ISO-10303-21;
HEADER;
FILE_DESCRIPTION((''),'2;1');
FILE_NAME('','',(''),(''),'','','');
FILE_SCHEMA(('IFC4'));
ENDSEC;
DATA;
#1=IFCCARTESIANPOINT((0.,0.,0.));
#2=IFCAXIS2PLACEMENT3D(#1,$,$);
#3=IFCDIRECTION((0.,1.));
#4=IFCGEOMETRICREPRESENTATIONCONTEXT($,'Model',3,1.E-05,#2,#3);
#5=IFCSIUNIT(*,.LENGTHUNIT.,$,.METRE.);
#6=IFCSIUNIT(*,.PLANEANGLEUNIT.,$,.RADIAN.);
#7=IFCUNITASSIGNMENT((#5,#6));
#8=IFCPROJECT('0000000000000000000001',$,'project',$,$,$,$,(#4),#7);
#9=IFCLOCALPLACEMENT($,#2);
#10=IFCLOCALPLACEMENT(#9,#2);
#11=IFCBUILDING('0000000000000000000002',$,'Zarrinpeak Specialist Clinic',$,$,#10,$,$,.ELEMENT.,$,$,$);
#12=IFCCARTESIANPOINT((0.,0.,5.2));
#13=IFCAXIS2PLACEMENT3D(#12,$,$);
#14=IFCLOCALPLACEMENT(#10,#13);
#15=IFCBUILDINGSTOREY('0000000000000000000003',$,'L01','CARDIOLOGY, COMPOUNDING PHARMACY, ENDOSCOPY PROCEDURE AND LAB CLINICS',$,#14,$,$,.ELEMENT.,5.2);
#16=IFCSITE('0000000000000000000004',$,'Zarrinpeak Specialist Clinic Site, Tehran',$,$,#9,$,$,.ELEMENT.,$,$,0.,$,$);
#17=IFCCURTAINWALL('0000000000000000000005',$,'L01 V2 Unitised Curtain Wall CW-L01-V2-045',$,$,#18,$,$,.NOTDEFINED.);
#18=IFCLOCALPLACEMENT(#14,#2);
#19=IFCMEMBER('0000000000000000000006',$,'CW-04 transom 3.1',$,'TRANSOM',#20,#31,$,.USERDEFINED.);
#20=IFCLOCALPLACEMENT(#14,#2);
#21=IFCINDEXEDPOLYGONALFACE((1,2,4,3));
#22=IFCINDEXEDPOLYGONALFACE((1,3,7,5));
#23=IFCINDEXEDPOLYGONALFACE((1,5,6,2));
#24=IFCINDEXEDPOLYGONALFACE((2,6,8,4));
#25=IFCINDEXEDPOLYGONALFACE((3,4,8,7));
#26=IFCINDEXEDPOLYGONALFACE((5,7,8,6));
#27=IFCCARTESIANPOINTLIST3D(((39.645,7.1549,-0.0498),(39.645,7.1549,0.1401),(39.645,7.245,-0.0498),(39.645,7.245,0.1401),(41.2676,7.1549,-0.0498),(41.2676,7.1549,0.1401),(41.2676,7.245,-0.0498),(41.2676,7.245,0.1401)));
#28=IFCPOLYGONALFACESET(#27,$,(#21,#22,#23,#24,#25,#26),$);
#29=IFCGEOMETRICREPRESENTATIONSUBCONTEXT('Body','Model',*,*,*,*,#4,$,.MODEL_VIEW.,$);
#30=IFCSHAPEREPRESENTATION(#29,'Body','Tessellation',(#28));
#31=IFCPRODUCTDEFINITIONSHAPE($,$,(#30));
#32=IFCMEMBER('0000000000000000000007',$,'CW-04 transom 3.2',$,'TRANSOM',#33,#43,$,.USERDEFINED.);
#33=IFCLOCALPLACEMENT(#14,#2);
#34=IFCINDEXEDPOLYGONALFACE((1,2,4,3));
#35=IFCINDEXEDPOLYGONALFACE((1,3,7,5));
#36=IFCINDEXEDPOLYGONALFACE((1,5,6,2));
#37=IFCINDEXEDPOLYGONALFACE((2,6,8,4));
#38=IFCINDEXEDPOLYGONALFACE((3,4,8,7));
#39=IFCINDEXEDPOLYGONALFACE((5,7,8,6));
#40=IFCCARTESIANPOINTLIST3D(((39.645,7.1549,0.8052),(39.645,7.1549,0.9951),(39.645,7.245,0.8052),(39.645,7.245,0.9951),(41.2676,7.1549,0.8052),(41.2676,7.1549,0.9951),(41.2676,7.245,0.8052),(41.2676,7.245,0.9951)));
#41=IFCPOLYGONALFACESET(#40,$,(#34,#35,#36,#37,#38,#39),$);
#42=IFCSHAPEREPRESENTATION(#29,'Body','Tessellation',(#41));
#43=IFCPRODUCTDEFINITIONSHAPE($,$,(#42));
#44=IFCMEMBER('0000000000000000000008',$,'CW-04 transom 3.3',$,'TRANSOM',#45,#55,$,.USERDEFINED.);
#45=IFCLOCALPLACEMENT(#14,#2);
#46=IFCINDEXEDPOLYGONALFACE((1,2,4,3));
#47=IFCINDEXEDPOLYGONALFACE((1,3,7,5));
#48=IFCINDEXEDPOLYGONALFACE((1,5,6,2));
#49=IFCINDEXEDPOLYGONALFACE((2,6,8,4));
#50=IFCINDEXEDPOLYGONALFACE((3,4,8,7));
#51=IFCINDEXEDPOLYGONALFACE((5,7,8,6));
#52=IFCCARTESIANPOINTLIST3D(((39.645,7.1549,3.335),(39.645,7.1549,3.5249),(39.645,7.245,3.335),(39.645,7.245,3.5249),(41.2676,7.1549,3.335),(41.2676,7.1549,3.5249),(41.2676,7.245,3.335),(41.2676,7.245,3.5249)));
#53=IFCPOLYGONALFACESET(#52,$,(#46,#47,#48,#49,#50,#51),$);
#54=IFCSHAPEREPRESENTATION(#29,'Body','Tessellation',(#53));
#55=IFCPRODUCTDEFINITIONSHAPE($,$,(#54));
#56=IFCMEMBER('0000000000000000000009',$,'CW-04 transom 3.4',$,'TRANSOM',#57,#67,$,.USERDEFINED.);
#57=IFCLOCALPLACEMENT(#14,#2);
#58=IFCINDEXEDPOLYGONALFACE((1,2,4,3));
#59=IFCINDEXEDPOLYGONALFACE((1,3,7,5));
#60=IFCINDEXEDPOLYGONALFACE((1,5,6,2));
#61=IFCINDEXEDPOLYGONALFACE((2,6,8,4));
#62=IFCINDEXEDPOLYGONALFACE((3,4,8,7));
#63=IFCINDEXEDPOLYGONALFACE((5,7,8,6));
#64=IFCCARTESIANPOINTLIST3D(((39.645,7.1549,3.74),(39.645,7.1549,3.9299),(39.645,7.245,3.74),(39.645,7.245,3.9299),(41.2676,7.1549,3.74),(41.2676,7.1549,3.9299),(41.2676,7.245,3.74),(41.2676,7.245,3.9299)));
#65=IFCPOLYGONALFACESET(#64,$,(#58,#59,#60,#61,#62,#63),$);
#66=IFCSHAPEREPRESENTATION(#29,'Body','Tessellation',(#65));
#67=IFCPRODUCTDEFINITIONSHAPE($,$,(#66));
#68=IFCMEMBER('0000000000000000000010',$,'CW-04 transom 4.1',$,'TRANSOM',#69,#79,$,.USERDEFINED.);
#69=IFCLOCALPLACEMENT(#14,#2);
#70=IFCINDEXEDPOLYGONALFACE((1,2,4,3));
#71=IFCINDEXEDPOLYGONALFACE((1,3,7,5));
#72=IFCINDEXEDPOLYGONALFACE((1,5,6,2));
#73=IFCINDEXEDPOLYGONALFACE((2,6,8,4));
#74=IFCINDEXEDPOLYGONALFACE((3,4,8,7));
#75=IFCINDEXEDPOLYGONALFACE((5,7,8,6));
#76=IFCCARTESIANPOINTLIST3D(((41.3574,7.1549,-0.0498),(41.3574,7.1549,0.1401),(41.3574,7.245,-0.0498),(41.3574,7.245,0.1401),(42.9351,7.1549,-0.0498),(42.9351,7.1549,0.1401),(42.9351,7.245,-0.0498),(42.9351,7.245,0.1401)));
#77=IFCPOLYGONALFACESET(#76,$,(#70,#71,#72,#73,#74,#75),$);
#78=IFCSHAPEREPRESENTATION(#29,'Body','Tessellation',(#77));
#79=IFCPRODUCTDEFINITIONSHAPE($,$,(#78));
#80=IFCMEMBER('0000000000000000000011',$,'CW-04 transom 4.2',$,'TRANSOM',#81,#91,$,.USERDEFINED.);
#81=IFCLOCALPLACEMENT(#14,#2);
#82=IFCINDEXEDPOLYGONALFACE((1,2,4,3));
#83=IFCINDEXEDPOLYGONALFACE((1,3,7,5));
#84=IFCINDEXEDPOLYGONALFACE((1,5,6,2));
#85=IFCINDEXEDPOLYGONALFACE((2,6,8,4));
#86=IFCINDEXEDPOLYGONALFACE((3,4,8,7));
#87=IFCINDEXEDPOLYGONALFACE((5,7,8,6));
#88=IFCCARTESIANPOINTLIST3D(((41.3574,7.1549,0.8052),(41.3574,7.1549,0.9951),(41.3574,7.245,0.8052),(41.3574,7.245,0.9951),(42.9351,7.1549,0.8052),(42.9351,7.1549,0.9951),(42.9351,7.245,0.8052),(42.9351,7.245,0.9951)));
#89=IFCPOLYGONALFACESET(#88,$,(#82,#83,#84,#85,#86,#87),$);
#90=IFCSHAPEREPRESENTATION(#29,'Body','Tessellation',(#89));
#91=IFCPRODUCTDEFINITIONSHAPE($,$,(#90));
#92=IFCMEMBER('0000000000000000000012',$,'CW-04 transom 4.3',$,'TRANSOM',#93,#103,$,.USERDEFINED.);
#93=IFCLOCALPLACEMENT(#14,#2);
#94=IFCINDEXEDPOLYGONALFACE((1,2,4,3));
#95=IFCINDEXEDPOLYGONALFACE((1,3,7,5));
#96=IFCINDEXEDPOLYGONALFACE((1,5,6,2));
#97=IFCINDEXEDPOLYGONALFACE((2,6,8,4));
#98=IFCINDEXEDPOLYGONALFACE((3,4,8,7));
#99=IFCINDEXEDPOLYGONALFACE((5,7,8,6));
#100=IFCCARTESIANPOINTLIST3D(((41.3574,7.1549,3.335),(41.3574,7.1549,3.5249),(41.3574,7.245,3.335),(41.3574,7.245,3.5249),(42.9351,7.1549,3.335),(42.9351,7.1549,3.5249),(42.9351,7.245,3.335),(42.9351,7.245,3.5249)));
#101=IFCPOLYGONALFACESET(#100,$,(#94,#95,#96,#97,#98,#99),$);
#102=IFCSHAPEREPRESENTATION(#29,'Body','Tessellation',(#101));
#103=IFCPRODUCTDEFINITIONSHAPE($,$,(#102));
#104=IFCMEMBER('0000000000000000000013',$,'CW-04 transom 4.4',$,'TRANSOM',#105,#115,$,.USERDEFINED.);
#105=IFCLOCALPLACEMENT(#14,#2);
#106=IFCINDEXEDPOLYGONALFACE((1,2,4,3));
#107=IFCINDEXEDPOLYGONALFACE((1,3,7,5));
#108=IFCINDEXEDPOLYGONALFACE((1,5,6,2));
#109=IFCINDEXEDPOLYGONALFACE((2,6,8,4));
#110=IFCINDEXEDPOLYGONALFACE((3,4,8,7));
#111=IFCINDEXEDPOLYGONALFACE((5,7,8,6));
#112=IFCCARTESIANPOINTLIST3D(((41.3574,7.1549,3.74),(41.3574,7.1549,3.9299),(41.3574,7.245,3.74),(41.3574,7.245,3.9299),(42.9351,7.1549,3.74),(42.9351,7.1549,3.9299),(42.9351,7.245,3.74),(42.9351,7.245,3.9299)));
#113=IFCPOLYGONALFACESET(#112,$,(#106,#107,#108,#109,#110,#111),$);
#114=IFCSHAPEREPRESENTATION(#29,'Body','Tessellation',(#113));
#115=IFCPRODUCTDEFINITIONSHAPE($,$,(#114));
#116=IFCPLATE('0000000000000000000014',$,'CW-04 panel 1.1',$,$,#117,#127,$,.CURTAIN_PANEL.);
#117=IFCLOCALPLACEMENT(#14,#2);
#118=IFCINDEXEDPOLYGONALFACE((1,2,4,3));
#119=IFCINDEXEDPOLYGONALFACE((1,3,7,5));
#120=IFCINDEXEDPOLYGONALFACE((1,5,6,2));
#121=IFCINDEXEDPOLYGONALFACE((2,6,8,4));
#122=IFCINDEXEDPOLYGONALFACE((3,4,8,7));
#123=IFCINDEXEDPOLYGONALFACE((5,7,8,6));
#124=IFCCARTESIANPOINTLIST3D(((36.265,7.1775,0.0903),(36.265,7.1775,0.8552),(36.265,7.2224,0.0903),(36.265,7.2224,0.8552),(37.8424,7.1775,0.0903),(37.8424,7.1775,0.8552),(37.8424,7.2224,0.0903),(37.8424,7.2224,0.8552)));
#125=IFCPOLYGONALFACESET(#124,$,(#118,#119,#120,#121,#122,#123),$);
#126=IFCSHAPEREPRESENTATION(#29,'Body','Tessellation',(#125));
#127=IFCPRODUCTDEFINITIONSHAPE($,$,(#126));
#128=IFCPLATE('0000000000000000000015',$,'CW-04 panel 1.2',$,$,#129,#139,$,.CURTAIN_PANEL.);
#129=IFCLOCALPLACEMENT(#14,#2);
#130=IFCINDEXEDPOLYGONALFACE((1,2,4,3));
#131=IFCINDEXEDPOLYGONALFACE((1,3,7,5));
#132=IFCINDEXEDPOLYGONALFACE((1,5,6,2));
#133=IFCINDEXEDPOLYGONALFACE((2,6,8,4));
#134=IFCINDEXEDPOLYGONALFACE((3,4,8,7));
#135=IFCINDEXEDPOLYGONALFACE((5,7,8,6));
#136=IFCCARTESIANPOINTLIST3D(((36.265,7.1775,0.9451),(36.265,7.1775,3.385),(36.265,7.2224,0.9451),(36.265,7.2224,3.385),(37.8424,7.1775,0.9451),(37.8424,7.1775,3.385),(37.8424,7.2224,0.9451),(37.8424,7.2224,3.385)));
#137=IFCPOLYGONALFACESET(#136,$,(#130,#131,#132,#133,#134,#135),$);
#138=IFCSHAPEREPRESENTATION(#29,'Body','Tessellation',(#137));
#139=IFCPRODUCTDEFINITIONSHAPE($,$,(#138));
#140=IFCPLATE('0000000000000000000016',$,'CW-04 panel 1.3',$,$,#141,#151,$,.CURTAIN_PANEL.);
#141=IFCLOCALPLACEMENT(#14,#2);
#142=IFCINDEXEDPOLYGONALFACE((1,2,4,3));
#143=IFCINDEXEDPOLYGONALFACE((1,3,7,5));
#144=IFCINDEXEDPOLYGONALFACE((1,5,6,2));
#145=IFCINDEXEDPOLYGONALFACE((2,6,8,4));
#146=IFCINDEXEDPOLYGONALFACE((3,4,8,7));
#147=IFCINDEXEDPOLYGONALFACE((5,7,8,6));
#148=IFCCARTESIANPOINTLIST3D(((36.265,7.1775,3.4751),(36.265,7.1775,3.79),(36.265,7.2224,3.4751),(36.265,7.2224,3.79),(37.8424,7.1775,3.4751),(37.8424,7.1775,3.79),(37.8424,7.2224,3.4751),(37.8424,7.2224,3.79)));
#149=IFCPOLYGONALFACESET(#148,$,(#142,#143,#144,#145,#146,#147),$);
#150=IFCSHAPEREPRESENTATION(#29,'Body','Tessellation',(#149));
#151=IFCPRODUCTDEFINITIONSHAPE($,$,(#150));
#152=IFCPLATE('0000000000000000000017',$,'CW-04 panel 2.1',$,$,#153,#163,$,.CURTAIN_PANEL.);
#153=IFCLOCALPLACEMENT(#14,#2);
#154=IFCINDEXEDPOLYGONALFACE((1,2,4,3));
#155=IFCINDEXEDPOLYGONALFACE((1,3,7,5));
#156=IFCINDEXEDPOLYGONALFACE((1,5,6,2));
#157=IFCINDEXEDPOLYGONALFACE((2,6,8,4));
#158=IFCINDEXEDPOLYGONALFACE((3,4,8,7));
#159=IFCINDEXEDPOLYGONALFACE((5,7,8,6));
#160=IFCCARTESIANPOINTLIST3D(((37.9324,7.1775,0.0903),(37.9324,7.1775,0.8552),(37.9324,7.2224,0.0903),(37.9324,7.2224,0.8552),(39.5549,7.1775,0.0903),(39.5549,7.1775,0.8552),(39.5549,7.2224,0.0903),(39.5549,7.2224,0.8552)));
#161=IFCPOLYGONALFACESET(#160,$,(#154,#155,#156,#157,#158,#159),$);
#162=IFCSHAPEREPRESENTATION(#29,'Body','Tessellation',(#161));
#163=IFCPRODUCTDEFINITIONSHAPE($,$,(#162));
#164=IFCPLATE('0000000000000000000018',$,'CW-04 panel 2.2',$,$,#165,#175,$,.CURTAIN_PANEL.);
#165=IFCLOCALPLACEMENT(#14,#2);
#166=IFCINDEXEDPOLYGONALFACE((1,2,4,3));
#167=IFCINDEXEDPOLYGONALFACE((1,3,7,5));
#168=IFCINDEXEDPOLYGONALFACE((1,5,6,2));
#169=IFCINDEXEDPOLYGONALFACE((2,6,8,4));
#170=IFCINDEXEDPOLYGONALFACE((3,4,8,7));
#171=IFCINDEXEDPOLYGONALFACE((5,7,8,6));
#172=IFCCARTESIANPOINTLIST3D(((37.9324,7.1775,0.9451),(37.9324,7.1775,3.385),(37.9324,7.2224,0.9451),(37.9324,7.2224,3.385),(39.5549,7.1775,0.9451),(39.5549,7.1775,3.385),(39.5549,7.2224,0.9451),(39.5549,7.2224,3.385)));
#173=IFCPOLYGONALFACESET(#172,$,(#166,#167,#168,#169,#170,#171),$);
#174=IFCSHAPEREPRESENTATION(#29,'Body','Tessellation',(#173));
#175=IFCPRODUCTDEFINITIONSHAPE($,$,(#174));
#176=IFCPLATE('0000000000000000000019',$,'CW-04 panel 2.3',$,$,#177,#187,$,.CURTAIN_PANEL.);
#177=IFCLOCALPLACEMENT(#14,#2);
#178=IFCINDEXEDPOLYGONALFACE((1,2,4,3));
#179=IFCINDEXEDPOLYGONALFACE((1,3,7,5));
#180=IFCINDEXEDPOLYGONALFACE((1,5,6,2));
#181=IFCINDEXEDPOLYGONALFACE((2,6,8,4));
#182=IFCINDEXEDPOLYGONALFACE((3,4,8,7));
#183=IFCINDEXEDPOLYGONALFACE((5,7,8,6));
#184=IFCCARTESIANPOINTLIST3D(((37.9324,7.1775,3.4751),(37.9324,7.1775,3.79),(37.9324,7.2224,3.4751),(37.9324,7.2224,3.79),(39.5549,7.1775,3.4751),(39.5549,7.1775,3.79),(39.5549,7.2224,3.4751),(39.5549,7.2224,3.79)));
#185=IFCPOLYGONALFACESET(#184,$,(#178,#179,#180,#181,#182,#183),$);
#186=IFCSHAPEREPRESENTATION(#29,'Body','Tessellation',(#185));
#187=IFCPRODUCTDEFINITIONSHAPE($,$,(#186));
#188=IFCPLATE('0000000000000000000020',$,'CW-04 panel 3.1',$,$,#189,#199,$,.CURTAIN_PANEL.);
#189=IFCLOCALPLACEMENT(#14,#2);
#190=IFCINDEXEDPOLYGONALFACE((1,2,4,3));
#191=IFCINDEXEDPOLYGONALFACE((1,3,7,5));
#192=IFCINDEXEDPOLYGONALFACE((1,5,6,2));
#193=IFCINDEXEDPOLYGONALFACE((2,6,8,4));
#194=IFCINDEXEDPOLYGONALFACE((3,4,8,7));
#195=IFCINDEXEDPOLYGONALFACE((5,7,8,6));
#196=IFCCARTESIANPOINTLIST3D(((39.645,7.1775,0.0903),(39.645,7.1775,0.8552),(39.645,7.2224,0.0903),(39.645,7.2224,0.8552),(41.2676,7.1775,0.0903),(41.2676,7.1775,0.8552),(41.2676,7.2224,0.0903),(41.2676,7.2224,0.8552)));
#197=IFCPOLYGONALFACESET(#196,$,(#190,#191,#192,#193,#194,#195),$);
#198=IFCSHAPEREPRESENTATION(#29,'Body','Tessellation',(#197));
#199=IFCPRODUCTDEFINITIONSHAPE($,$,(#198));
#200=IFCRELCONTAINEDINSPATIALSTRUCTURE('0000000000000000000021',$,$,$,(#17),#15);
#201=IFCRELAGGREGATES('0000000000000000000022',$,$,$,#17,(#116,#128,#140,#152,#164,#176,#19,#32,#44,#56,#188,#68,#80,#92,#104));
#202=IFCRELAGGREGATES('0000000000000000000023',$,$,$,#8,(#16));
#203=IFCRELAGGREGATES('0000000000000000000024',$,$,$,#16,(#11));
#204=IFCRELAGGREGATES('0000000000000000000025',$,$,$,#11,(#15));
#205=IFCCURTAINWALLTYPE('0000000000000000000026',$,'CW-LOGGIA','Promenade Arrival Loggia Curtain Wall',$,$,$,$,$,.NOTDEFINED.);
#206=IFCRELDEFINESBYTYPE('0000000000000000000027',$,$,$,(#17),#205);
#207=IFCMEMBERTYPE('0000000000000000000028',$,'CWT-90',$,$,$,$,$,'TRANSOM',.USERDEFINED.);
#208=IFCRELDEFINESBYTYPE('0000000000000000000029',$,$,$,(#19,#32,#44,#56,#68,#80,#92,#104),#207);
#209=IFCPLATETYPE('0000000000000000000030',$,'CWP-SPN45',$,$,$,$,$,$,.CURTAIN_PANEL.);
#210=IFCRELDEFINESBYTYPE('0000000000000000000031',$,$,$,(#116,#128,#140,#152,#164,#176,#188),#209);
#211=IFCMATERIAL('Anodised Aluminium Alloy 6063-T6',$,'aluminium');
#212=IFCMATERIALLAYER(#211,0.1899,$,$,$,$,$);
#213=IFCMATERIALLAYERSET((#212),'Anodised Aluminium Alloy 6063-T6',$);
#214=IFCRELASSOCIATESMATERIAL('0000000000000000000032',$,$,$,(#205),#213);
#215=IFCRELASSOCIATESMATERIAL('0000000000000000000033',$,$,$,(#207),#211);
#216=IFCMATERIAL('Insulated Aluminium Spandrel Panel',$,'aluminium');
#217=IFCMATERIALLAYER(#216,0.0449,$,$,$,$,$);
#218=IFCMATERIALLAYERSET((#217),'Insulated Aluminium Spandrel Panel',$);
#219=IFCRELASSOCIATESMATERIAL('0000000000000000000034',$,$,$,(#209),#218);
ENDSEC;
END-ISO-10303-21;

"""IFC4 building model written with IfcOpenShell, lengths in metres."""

from ifc_helpers import new_model, si_unit, direction, frame, origin, origin_2d, place, context, subcontext, project, spatial, rectangle, extrude, material, layer, layer_set, material_profile, profile_set, type_object, element, aggregate, save


model = new_model("IFC4")

# Units and contexts
model_context = context("Model", 3, precision=1e-05, world=origin(), true_north=direction((0.0, 1.0)))
body_context = subcontext(model_context, "Body", "Model", "MODEL_VIEW")
ifc_project = project(units=[si_unit("LENGTHUNIT", "METRE"), si_unit("PLANEANGLEUNIT", "RADIAN")], contexts=[model_context])

# Site, building, storey
site_placement = place(None, origin())
site = spatial("IfcSite", under=ifc_project, at=site_placement, Name="Zarrinpeak Specialist Clinic Site, Tehran", CompositionType="ELEMENT", RefElevation=0.0)
building_placement = place(site_placement, origin())
building = spatial("IfcBuilding", under=site, at=building_placement, Name="Zarrinpeak Specialist Clinic", CompositionType="ELEMENT")
storey_placement = place(building_placement, frame((0.0, 0.0, 5.2)))
storey = spatial("IfcBuildingStorey", under=building, at=storey_placement, Name="L01", Description="CARDIOLOGY, COMPOUNDING PHARMACY, ENDOSCOPY PROCEDURE AND LAB CLINICS", CompositionType="ELEMENT", Elevation=5.2)

# Curtain wall
ifc_material_1 = material(Name="Anodised Aluminium Alloy 6063-T6", Category="aluminium")
ifc_layer_1 = layer(ifc_material_1, 0.1899)
ifc_layer_set_1 = layer_set([ifc_layer_1], Name="Anodised Aluminium Alloy 6063-T6")
curtain_wall_type = type_object("IfcCurtainWallType", Name="CW-LOGGIA", Description="Promenade Arrival Loggia Curtain Wall", PredefinedType="NOTDEFINED", material=ifc_layer_set_1)
curtain_wall_1_placement = place(storey_placement, origin())
curtain_wall_1 = element("IfcCurtainWall", 1, at=curtain_wall_1_placement, inside=storey, type_object=curtain_wall_type, Name="L01 V2 Unitised Curtain Wall CW-L01-V2-045", PredefinedType="NOTDEFINED")

# Members
ifc_material_profile_1 = material_profile(ifc_material_1, rectangle(XDim=0.0901, YDim=0.1899, at=origin_2d()), Name="ALU 90x190")
ifc_profile_set_1 = profile_set([ifc_material_profile_1], Name="Anodised Aluminium Alloy 6063-T6")
member_type_1 = type_object("IfcMemberType", Name="CWT-90", ElementType="TRANSOM", PredefinedType="USERDEFINED", material=ifc_profile_set_1)
member_1_placement = place(storey_placement, frame((39.645, 7.2, 0.0452), z_axis=(1.0, 0.0, 0.0), x_axis=(0.0, 1.0, 0.0)))
member_1 = element("IfcMember", 2, at=member_1_placement, type_object=member_type_1, Name="CW-04 transom 3.1", ObjectType="TRANSOM", PredefinedType="USERDEFINED", context=body_context, shape_type="SweptSolid", body=[
    extrude(rectangle(XDim=0.0901, YDim=0.1899, at=origin_2d()), origin(), (0.0, 0.0, 1.0), 1.6226),
])
member_2_placement = place(storey_placement, frame((39.645, 7.2, 0.9001), z_axis=(1.0, 0.0, 0.0), x_axis=(0.0, 1.0, 0.0)))
member_2 = element("IfcMember", 3, at=member_2_placement, type_object=member_type_1, Name="CW-04 transom 3.2", ObjectType="TRANSOM", PredefinedType="USERDEFINED", context=body_context, shape_type="SweptSolid", body=[
    extrude(rectangle(XDim=0.0901, YDim=0.1899, at=origin_2d()), origin(), (0.0, 0.0, 1.0), 1.6226),
])
member_3_placement = place(storey_placement, frame((39.645, 7.2, 3.4299), z_axis=(1.0, 0.0, 0.0), x_axis=(0.0, 1.0, 0.0)))
member_3 = element("IfcMember", 4, at=member_3_placement, type_object=member_type_1, Name="CW-04 transom 3.3", ObjectType="TRANSOM", PredefinedType="USERDEFINED", context=body_context, shape_type="SweptSolid", body=[
    extrude(rectangle(XDim=0.0901, YDim=0.1899, at=origin_2d()), origin(), (0.0, 0.0, 1.0), 1.6226),
])
member_4_placement = place(storey_placement, frame((39.645, 7.2, 3.835), z_axis=(1.0, 0.0, 0.0), x_axis=(0.0, 1.0, 0.0)))
member_4 = element("IfcMember", 5, at=member_4_placement, type_object=member_type_1, Name="CW-04 transom 3.4", ObjectType="TRANSOM", PredefinedType="USERDEFINED", context=body_context, shape_type="SweptSolid", body=[
    extrude(rectangle(XDim=0.0901, YDim=0.1899, at=origin_2d()), origin(), (0.0, 0.0, 1.0), 1.6226),
])
member_5_placement = place(storey_placement, frame((41.3574, 7.2, 0.0452), z_axis=(1.0, 0.0, 0.0), x_axis=(0.0, 1.0, 0.0)))
member_5 = element("IfcMember", 6, at=member_5_placement, type_object=member_type_1, Name="CW-04 transom 4.1", ObjectType="TRANSOM", PredefinedType="USERDEFINED", context=body_context, shape_type="SweptSolid", body=[
    extrude(rectangle(XDim=0.0901, YDim=0.1899, at=origin_2d()), origin(), (0.0, 0.0, 1.0), 1.5776),
])
member_6_placement = place(storey_placement, frame((41.3574, 7.2, 0.9001), z_axis=(1.0, 0.0, 0.0), x_axis=(0.0, 1.0, 0.0)))
member_6 = element("IfcMember", 7, at=member_6_placement, type_object=member_type_1, Name="CW-04 transom 4.2", ObjectType="TRANSOM", PredefinedType="USERDEFINED", context=body_context, shape_type="SweptSolid", body=[
    extrude(rectangle(XDim=0.0901, YDim=0.1899, at=origin_2d()), origin(), (0.0, 0.0, 1.0), 1.5776),
])
member_7_placement = place(storey_placement, frame((41.3574, 7.2, 3.4299), z_axis=(1.0, 0.0, 0.0), x_axis=(0.0, 1.0, 0.0)))
member_7 = element("IfcMember", 8, at=member_7_placement, type_object=member_type_1, Name="CW-04 transom 4.3", ObjectType="TRANSOM", PredefinedType="USERDEFINED", context=body_context, shape_type="SweptSolid", body=[
    extrude(rectangle(XDim=0.0901, YDim=0.1899, at=origin_2d()), origin(), (0.0, 0.0, 1.0), 1.5776),
])
member_8_placement = place(storey_placement, frame((41.3574, 7.2, 3.835), z_axis=(1.0, 0.0, 0.0), x_axis=(0.0, 1.0, 0.0)))
member_8 = element("IfcMember", 9, at=member_8_placement, type_object=member_type_1, Name="CW-04 transom 4.4", ObjectType="TRANSOM", PredefinedType="USERDEFINED", context=body_context, shape_type="SweptSolid", body=[
    extrude(rectangle(XDim=0.0901, YDim=0.1899, at=origin_2d()), origin(), (0.0, 0.0, 1.0), 1.5776),
])

# Plates
ifc_material_2 = material(Name="Insulated Aluminium Spandrel Panel", Category="aluminium")
ifc_layer_2 = layer(ifc_material_2, 0.0449)
ifc_layer_set_2 = layer_set([ifc_layer_2], Name="Insulated Aluminium Spandrel Panel")
plate_type_1 = type_object("IfcPlateType", Name="CWP-SPN45", PredefinedType="CURTAIN_PANEL", material=ifc_layer_set_2)
plate_1_placement = place(storey_placement, frame((37.0537, 7.2, 0.0903), z_axis=(0.0, 0.0, 1.0), x_axis=(1.0, 0.0, 0.0)))
plate_1 = element("IfcPlate", 10, at=plate_1_placement, type_object=plate_type_1, Name="CW-04 panel 1.1", PredefinedType="CURTAIN_PANEL", context=body_context, shape_type="SweptSolid", body=[
    extrude(rectangle(XDim=1.5774, YDim=0.0449, at=origin_2d()), origin(), (0.0, 0.0, 1.0), 0.7649),
])
plate_2_placement = place(storey_placement, frame((37.0537, 7.2, 0.9451), z_axis=(0.0, 0.0, 1.0), x_axis=(1.0, 0.0, 0.0)))
plate_2 = element("IfcPlate", 11, at=plate_2_placement, type_object=plate_type_1, Name="CW-04 panel 1.2", PredefinedType="CURTAIN_PANEL", context=body_context, shape_type="SweptSolid", body=[
    extrude(rectangle(XDim=1.5774, YDim=0.0449, at=origin_2d()), origin(), (0.0, 0.0, 1.0), 2.4399),
])
plate_3_placement = place(storey_placement, frame((37.0537, 7.2, 3.4751), z_axis=(0.0, 0.0, 1.0), x_axis=(1.0, 0.0, 0.0)))
plate_3 = element("IfcPlate", 12, at=plate_3_placement, type_object=plate_type_1, Name="CW-04 panel 1.3", PredefinedType="CURTAIN_PANEL", context=body_context, shape_type="SweptSolid", body=[
    extrude(rectangle(XDim=1.5774, YDim=0.0449, at=origin_2d()), origin(), (0.0, 0.0, 1.0), 0.3149),
])
plate_4_placement = place(storey_placement, frame((38.7437, 7.2, 0.0903), z_axis=(0.0, 0.0, 1.0), x_axis=(1.0, 0.0, 0.0)))
plate_4 = element("IfcPlate", 13, at=plate_4_placement, type_object=plate_type_1, Name="CW-04 panel 2.1", PredefinedType="CURTAIN_PANEL", context=body_context, shape_type="SweptSolid", body=[
    extrude(rectangle(XDim=1.6226, YDim=0.0449, at=origin_2d()), origin(), (0.0, 0.0, 1.0), 0.7649),
])
plate_5_placement = place(storey_placement, frame((38.7437, 7.2, 0.9451), z_axis=(0.0, 0.0, 1.0), x_axis=(1.0, 0.0, 0.0)))
plate_5 = element("IfcPlate", 14, at=plate_5_placement, type_object=plate_type_1, Name="CW-04 panel 2.2", PredefinedType="CURTAIN_PANEL", context=body_context, shape_type="SweptSolid", body=[
    extrude(rectangle(XDim=1.6226, YDim=0.0449, at=origin_2d()), origin(), (0.0, 0.0, 1.0), 2.4399),
])
plate_6_placement = place(storey_placement, frame((38.7437, 7.2, 3.4751), z_axis=(0.0, 0.0, 1.0), x_axis=(1.0, 0.0, 0.0)))
plate_6 = element("IfcPlate", 15, at=plate_6_placement, type_object=plate_type_1, Name="CW-04 panel 2.3", PredefinedType="CURTAIN_PANEL", context=body_context, shape_type="SweptSolid", body=[
    extrude(rectangle(XDim=1.6226, YDim=0.0449, at=origin_2d()), origin(), (0.0, 0.0, 1.0), 0.3149),
])
plate_7_placement = place(storey_placement, frame((40.4563, 7.2, 0.0903), z_axis=(0.0, 0.0, 1.0), x_axis=(1.0, 0.0, 0.0)))
plate_7 = element("IfcPlate", 16, at=plate_7_placement, type_object=plate_type_1, Name="CW-04 panel 3.1", PredefinedType="CURTAIN_PANEL", context=body_context, shape_type="SweptSolid", body=[
    extrude(rectangle(XDim=1.6226, YDim=0.0449, at=origin_2d()), origin(), (0.0, 0.0, 1.0), 0.7649),
])
aggregate(curtain_wall_1, [plate_1, plate_2, plate_3, plate_4, plate_5, plate_6, member_1, member_2, member_3, member_4, plate_7, member_5, member_6, member_7, member_8])

save(model, "model.ifc")
